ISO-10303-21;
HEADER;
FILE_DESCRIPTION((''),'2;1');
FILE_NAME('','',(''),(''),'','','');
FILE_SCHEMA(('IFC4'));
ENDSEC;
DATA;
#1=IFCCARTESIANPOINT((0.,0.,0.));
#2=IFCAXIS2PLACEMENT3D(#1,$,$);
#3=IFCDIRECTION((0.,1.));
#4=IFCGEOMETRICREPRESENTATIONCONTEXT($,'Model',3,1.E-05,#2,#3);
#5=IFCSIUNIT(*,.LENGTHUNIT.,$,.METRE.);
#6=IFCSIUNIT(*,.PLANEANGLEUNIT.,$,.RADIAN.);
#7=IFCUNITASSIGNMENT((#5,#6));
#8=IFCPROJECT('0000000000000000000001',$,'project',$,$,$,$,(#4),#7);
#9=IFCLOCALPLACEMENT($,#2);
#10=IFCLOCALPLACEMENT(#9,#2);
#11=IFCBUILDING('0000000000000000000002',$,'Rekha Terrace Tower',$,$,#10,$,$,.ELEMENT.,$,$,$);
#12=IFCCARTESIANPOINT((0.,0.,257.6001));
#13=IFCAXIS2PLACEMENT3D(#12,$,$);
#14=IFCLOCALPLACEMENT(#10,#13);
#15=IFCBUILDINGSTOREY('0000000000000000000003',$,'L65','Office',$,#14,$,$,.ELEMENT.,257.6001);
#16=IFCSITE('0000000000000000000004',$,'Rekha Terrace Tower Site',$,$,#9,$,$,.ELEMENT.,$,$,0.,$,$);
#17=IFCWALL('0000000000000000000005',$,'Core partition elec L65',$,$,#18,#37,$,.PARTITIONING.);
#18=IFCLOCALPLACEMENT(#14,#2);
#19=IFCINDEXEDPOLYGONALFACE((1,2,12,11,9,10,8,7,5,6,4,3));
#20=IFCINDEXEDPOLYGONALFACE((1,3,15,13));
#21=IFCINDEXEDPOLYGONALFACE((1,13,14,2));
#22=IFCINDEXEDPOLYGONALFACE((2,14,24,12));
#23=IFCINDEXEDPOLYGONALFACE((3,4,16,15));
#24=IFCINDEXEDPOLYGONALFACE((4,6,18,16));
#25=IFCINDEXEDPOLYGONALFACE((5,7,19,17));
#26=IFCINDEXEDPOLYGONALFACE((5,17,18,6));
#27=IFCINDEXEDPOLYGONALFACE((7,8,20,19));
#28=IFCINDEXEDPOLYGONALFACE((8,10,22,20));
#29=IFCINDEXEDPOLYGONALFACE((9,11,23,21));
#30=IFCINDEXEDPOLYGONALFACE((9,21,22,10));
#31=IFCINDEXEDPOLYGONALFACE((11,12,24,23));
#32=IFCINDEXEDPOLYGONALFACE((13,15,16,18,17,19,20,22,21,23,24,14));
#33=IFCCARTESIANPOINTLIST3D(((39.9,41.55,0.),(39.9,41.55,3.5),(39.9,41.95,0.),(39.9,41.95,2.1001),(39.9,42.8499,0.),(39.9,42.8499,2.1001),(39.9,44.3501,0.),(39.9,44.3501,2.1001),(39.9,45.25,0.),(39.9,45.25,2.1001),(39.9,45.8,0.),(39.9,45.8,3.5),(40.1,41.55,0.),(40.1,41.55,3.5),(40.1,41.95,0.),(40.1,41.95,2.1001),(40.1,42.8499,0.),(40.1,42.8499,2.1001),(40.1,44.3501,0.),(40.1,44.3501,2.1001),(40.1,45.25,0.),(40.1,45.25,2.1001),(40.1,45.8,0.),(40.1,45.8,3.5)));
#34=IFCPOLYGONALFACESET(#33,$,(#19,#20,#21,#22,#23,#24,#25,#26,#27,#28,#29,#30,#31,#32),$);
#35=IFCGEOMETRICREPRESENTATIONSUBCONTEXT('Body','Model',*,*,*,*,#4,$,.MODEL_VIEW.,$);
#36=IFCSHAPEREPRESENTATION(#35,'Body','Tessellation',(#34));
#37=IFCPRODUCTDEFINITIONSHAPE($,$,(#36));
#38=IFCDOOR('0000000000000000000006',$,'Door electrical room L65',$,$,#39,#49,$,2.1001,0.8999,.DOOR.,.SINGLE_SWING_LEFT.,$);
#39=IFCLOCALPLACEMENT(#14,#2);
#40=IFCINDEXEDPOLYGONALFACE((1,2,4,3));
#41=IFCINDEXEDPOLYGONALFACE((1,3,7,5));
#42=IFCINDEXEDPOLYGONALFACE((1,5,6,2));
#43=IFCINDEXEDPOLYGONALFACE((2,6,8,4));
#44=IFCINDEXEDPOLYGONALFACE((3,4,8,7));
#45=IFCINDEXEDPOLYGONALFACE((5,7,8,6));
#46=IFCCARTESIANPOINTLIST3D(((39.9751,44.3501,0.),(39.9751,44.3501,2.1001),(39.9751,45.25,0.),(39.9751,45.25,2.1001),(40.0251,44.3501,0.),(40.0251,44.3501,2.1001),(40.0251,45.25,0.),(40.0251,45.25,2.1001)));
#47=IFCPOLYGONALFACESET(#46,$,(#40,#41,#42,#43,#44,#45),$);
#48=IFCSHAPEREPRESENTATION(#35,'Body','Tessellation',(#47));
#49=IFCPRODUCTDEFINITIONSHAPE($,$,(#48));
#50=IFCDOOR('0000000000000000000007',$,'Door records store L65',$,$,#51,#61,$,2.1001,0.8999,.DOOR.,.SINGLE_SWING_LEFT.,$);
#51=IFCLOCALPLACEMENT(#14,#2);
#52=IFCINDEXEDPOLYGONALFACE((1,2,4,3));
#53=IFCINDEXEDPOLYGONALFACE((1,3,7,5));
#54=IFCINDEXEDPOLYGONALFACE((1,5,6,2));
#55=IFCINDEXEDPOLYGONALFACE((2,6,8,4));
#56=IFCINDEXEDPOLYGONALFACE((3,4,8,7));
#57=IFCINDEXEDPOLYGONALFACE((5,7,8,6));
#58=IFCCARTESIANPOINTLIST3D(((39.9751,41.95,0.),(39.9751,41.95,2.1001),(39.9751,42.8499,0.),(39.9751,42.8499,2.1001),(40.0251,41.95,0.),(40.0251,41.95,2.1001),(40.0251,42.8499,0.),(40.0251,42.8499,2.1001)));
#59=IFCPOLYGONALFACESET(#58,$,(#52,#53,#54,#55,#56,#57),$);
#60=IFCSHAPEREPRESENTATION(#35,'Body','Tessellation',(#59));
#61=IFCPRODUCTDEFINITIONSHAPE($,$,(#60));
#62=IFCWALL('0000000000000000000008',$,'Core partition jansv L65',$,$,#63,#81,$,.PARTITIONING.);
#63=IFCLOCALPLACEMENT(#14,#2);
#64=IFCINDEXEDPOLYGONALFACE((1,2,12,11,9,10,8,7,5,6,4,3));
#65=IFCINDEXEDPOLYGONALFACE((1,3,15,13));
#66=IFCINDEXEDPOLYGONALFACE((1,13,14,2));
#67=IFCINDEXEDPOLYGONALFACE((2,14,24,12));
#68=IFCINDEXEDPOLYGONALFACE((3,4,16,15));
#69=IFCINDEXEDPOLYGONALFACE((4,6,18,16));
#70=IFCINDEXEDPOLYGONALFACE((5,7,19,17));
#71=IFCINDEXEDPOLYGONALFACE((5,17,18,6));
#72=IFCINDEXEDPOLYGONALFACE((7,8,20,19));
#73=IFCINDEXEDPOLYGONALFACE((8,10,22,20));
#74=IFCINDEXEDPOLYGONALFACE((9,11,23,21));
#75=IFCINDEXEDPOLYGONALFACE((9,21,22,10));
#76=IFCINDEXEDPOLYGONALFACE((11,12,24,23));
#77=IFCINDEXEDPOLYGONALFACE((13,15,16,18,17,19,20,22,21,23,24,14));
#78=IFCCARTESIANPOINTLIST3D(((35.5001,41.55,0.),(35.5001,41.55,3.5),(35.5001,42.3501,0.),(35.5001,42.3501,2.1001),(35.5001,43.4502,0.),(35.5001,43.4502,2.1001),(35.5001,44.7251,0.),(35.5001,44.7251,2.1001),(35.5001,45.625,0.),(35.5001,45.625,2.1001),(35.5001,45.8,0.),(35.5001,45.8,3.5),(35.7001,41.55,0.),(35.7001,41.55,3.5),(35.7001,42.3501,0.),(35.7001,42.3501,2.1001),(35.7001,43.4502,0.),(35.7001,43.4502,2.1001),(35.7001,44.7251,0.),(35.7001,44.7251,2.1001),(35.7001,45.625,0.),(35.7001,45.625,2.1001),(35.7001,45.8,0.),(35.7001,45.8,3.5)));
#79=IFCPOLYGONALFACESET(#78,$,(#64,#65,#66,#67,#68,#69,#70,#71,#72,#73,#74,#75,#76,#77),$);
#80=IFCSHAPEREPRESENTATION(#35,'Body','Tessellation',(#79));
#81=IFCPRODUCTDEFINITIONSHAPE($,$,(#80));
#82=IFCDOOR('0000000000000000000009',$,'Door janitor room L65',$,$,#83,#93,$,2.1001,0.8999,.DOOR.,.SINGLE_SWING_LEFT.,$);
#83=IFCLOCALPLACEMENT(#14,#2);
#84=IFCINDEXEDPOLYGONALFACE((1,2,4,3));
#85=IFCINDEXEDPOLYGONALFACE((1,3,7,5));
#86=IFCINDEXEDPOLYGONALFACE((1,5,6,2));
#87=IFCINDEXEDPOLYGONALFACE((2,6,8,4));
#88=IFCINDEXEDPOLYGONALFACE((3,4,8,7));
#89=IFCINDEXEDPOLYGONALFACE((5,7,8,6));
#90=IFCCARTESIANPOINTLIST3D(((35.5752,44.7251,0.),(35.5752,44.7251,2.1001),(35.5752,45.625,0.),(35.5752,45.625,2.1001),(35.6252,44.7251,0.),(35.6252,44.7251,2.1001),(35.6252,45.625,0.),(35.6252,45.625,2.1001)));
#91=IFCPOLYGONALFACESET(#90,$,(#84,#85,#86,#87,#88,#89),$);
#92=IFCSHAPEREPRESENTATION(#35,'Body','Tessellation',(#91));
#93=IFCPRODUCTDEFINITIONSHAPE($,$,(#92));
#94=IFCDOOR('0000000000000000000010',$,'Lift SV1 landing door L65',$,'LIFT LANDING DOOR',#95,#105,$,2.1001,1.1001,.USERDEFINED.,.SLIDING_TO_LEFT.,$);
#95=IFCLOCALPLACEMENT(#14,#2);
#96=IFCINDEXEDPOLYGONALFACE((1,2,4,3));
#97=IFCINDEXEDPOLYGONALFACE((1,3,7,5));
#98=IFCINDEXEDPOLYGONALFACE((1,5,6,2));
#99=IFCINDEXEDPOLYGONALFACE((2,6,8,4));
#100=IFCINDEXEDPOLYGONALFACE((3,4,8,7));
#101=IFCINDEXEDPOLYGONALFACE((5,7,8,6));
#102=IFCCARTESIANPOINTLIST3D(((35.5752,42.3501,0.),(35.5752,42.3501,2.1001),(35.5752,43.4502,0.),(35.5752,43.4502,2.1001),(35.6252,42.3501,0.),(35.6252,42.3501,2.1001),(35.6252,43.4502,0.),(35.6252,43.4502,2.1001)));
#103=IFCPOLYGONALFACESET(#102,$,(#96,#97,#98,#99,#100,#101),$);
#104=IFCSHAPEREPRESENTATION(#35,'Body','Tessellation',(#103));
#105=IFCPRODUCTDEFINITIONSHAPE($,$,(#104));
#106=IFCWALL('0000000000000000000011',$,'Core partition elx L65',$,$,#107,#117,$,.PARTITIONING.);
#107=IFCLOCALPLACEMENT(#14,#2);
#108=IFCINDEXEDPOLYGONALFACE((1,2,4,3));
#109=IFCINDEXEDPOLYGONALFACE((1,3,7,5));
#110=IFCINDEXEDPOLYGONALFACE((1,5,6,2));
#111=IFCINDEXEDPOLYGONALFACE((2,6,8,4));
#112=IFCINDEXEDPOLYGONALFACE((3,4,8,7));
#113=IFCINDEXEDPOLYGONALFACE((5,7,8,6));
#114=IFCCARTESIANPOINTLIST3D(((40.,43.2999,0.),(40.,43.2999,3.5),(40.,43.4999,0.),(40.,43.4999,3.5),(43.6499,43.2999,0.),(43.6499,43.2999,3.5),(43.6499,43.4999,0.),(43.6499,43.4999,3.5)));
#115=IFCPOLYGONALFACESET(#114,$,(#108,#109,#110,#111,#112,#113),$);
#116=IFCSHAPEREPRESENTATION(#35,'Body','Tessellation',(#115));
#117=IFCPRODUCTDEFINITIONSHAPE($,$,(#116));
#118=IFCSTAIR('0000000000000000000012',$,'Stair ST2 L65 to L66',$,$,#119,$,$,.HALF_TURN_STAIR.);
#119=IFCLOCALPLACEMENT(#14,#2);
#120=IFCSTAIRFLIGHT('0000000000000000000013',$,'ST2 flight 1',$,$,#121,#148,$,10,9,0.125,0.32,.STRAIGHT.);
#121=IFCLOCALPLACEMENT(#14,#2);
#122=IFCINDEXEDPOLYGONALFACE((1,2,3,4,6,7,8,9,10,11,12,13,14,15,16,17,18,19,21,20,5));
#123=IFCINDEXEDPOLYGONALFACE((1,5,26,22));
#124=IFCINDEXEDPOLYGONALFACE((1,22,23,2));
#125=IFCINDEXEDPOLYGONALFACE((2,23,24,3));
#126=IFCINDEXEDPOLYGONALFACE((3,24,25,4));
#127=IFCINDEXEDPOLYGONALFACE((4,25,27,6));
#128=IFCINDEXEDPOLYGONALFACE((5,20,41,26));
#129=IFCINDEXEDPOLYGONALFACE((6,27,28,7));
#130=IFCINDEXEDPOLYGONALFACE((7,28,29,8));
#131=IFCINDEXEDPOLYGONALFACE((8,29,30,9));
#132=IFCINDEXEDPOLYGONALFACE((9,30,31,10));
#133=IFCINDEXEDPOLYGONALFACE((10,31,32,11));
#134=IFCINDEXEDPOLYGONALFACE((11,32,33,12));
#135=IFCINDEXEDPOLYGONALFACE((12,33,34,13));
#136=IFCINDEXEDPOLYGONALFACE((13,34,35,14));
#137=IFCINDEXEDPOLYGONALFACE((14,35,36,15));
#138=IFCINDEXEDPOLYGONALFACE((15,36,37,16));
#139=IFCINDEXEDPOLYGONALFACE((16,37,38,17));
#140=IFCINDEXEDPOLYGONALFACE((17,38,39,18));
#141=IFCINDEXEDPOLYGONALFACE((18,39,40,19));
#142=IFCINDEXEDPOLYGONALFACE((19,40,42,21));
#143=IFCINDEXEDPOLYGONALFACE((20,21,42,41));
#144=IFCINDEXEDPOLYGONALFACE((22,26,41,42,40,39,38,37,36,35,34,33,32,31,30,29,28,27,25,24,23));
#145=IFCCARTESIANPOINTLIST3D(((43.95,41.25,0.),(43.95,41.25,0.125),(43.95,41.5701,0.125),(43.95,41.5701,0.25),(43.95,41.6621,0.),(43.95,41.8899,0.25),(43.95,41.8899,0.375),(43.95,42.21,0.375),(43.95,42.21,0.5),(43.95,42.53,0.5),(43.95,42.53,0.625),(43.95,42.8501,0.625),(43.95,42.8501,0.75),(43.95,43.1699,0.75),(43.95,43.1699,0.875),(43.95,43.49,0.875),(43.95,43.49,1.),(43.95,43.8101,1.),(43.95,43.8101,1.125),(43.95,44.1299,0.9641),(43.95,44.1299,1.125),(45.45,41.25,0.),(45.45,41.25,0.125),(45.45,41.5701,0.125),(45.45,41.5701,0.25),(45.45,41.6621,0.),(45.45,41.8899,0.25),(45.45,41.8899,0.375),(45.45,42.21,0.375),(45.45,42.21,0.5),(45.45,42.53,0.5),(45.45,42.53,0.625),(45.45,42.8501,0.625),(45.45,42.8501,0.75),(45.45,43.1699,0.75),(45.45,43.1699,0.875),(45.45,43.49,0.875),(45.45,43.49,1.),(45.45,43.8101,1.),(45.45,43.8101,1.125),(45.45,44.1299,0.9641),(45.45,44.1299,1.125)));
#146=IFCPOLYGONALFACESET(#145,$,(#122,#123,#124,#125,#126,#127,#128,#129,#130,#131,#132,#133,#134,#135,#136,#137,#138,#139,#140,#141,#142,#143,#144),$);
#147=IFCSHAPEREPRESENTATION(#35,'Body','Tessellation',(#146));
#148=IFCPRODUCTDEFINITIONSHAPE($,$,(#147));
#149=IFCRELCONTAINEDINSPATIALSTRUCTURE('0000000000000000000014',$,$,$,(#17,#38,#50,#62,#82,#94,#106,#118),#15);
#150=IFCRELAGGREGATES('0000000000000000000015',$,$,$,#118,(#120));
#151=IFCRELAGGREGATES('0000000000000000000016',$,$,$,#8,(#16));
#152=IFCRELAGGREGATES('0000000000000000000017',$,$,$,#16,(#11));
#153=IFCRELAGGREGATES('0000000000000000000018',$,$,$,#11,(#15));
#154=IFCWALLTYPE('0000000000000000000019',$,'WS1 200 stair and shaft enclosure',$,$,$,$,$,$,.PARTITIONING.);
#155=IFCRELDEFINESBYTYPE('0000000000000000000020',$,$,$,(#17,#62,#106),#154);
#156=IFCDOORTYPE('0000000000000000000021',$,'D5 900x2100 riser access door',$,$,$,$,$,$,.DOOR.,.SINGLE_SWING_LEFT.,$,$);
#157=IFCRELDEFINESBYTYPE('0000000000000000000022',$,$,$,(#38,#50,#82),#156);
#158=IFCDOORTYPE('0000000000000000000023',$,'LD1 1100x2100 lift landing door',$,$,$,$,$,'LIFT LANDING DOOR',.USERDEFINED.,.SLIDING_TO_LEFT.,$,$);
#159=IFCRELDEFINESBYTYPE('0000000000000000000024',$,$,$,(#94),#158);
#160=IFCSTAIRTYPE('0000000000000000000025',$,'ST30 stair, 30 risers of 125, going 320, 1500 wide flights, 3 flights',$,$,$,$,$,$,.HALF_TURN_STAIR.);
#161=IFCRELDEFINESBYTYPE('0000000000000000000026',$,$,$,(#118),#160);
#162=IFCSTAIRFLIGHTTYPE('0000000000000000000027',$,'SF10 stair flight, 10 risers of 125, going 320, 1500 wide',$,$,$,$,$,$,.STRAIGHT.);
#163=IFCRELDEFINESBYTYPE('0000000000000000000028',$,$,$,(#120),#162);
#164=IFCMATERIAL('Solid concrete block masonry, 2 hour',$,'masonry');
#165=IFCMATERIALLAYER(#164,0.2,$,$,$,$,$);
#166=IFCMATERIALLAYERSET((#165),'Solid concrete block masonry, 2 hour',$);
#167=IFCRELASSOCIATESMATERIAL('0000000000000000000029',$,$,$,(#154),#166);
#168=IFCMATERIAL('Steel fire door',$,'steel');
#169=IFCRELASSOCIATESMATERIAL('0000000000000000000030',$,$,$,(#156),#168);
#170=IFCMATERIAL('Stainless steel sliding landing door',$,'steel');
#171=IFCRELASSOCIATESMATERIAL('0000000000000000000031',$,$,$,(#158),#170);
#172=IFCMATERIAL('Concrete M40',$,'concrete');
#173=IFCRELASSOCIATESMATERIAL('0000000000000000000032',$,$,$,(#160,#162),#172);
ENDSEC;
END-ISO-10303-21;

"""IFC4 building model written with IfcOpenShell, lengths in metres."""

from ifc_helpers import new_model, si_unit, direction, frame, frame_2d, origin, place, context, subcontext, project, spatial, polyline, rectangle, outline, extrude, material, layer, layer_set, type_object, element, fill, aggregate, save


model = new_model("IFC4")

# Units and contexts
model_context = context("Model", 3, precision=1e-05, world=origin(), true_north=direction((0.0, 1.0)))
body_context = subcontext(model_context, "Body", "Model", "MODEL_VIEW")
ifc_project = project(units=[si_unit("LENGTHUNIT", "METRE"), si_unit("PLANEANGLEUNIT", "RADIAN")], contexts=[model_context])

# Site, building, storey
site_placement = place(None, origin())
site = spatial("IfcSite", under=ifc_project, at=site_placement, Name="Rekha Terrace Tower Site", CompositionType="ELEMENT", RefElevation=0.0)
building_placement = place(site_placement, origin())
building = spatial("IfcBuilding", under=site, at=building_placement, Name="Rekha Terrace Tower", CompositionType="ELEMENT")
storey_placement = place(building_placement, frame((0.0, 0.0, 257.6001)))
storey = spatial("IfcBuildingStorey", under=building, at=storey_placement, Name="L65", Description="Office", CompositionType="ELEMENT", Elevation=257.6001)

# Shared definitions
ifc_material_1 = material(Name="Stainless steel sliding landing door", Category="steel")
ifc_material_2 = material(Name="Steel fire door", Category="steel")

# Shared definitions
ifc_material_3 = material(Name="Solid concrete block masonry, 2 hour", Category="masonry")
ifc_layer_1 = layer(ifc_material_3, 0.2)
ifc_layer_set_1 = layer_set([ifc_layer_1], Name="Solid concrete block masonry, 2 hour")
wall_type_1 = type_object("IfcWallType", Name="WS1 200 stair and shaft enclosure", PredefinedType="PARTITIONING", material=ifc_layer_set_1)

# Walls, openings, doors
wall_1_placement = place(storey_placement, frame((40.0, 41.55, 0.0), z_axis=(0.0, 0.0, 1.0), x_axis=(0.0, 1.0, 0.0)))
wall_1 = element("IfcWall", 1, at=wall_1_placement, inside=storey, type_object=wall_type_1, Name="Core partition elec L65", PredefinedType="PARTITIONING", context=body_context, shape_type="SweptSolid", body=[
    extrude(rectangle(XDim=4.25, YDim=0.2, at=frame_2d((2.125, 0.0))), origin(), (0.0, 0.0, 1.0), 3.5),
])
opening_1_placement = place(wall_1_placement, frame((2.8, 0.0, 0.0)))
opening_1 = element("IfcOpeningElement", 2, at=opening_1_placement, cuts=wall_1, PredefinedType="OPENING", context=body_context, shape_type="SweptSolid", body=[
    extrude(rectangle(XDim=0.8999, YDim=2.1001, at=frame_2d((0.45, 1.05))), frame((0.0, 0.1099, 0.0), z_axis=(0.0, -1.0, 0.0), x_axis=(1.0, 0.0, 0.0)), (0.0, 0.0, 1.0), 0.22),
])
opening_2_placement = place(wall_1_placement, frame((0.3999, 0.0, 0.0)))
opening_2 = element("IfcOpeningElement", 3, at=opening_2_placement, cuts=wall_1, PredefinedType="OPENING", context=body_context, shape_type="SweptSolid", body=[
    extrude(rectangle(XDim=0.8999, YDim=2.1001, at=frame_2d((0.45, 1.05))), frame((0.0, 0.1099, 0.0), z_axis=(0.0, -1.0, 0.0), x_axis=(1.0, 0.0, 0.0)), (0.0, 0.0, 1.0), 0.22),
])
door_type_1 = type_object("IfcDoorType", Name="D5 900x2100 riser access door", OperationType="SINGLE_SWING_LEFT", PredefinedType="DOOR", material=ifc_material_2)
door_1_placement = place(opening_1_placement, origin())
door_1 = element("IfcDoor", 4, at=door_1_placement, inside=storey, type_object=door_type_1, Name="Door electrical room L65", OperationType="SINGLE_SWING_LEFT", OverallHeight=2.1001, OverallWidth=0.8999, PredefinedType="DOOR", context=body_context, shape_type="SweptSolid", body=[
    extrude(rectangle(XDim=0.8999, YDim=2.1001, at=frame_2d((0.45, 1.05))), frame((0.0, 0.0249, 0.0), z_axis=(0.0, -1.0, 0.0), x_axis=(1.0, 0.0, 0.0)), (0.0, 0.0, 1.0), 0.05),
])
fill(opening_1, door_1)
door_2_placement = place(opening_2_placement, origin())
door_2 = element("IfcDoor", 5, at=door_2_placement, inside=storey, type_object=door_type_1, Name="Door records store L65", OperationType="SINGLE_SWING_LEFT", OverallHeight=2.1001, OverallWidth=0.8999, PredefinedType="DOOR", context=body_context, shape_type="SweptSolid", body=[
    extrude(rectangle(XDim=0.8999, YDim=2.1001, at=frame_2d((0.45, 1.05))), frame((0.0, 0.0249, 0.0), z_axis=(0.0, -1.0, 0.0), x_axis=(1.0, 0.0, 0.0)), (0.0, 0.0, 1.0), 0.05),
])
fill(opening_2, door_2)
wall_2_placement = place(storey_placement, frame((35.6001, 41.55, 0.0), z_axis=(0.0, 0.0, 1.0), x_axis=(0.0, 1.0, 0.0)))
wall_2 = element("IfcWall", 6, at=wall_2_placement, inside=storey, type_object=wall_type_1, Name="Core partition jansv L65", PredefinedType="PARTITIONING", context=body_context, shape_type="SweptSolid", body=[
    extrude(rectangle(XDim=4.25, YDim=0.2, at=frame_2d((2.125, 0.0))), origin(), (0.0, 0.0, 1.0), 3.5),
])
opening_3_placement = place(wall_2_placement, frame((3.175, 0.0, 0.0)))
opening_3 = element("IfcOpeningElement", 7, at=opening_3_placement, cuts=wall_2, PredefinedType="OPENING", context=body_context, shape_type="SweptSolid", body=[
    extrude(rectangle(XDim=0.8999, YDim=2.1001, at=frame_2d((0.45, 1.05))), frame((0.0, 0.1099, 0.0), z_axis=(0.0, -1.0, 0.0), x_axis=(1.0, 0.0, 0.0)), (0.0, 0.0, 1.0), 0.22),
])
opening_4_placement = place(wall_2_placement, frame((0.8, 0.0, 0.0)))
opening_4 = element("IfcOpeningElement", 8, at=opening_4_placement, cuts=wall_2, PredefinedType="OPENING", context=body_context, shape_type="SweptSolid", body=[
    extrude(rectangle(XDim=1.1001, YDim=2.1001, at=frame_2d((0.55, 1.05))), frame((0.0, 0.1099, 0.0), z_axis=(0.0, -1.0, 0.0), x_axis=(1.0, 0.0, 0.0)), (0.0, 0.0, 1.0), 0.22),
])
door_3_placement = place(opening_3_placement, origin())
door_3 = element("IfcDoor", 9, at=door_3_placement, inside=storey, type_object=door_type_1, Name="Door janitor room L65", OperationType="SINGLE_SWING_LEFT", OverallHeight=2.1001, OverallWidth=0.8999, PredefinedType="DOOR", context=body_context, shape_type="SweptSolid", body=[
    extrude(rectangle(XDim=0.8999, YDim=2.1001, at=frame_2d((0.45, 1.05))), frame((0.0, 0.0249, 0.0), z_axis=(0.0, -1.0, 0.0), x_axis=(1.0, 0.0, 0.0)), (0.0, 0.0, 1.0), 0.05),
])
fill(opening_3, door_3)
door_type_2 = type_object("IfcDoorType", Name="LD1 1100x2100 lift landing door", ElementType="LIFT LANDING DOOR", OperationType="SLIDING_TO_LEFT", PredefinedType="USERDEFINED", material=ifc_material_1)
door_4_placement = place(opening_4_placement, origin())
door_4 = element("IfcDoor", 10, at=door_4_placement, inside=storey, type_object=door_type_2, Name="Lift SV1 landing door L65", ObjectType="LIFT LANDING DOOR", OperationType="SLIDING_TO_LEFT", OverallHeight=2.1001, OverallWidth=1.1001, PredefinedType="USERDEFINED", context=body_context, shape_type="SweptSolid", body=[
    extrude(rectangle(XDim=1.1001, YDim=2.1001, at=frame_2d((0.55, 1.05))), frame((0.0, 0.0249, 0.0), z_axis=(0.0, -1.0, 0.0), x_axis=(1.0, 0.0, 0.0)), (0.0, 0.0, 1.0), 0.05),
])
fill(opening_4, door_4)

# Wall
wall_3_placement = place(storey_placement, frame((40.0, 43.3999, 0.0), z_axis=(0.0, 0.0, 1.0), x_axis=(1.0, 0.0, 0.0)))
element("IfcWall", 11, at=wall_3_placement, inside=storey, type_object=wall_type_1, Name="Core partition elx L65", PredefinedType="PARTITIONING", context=body_context, shape_type="SweptSolid", body=[
    extrude(rectangle(XDim=3.6499, YDim=0.2, at=frame_2d((1.825, 0.0))), origin(), (0.0, 0.0, 1.0), 3.5),
])

# Stair, stair flight
ifc_material_4 = material(Name="Concrete M40", Category="concrete")
stair_type = type_object("IfcStairType", Name="ST30 stair, 30 risers of 125, going 320, 1500 wide flights, 3 flights", PredefinedType="HALF_TURN_STAIR", material=ifc_material_4)
stair_1_placement = place(storey_placement, origin())
stair_1 = element("IfcStair", 12, at=stair_1_placement, inside=storey, type_object=stair_type, Name="Stair ST2 L65 to L66", PredefinedType="HALF_TURN_STAIR")
stair_flight_type = type_object("IfcStairFlightType", Name="SF10 stair flight, 10 risers of 125, going 320, 1500 wide", PredefinedType="STRAIGHT", material=ifc_material_4)
stair_flight_1_placement = place(storey_placement, frame((44.7, 41.25, 0.0), z_axis=(0.0, 0.0, 1.0), x_axis=(0.0, 1.0, 0.0)))
stair_flight_1 = element("IfcStairFlight", 13, at=stair_flight_1_placement, type_object=stair_flight_type, Name="ST2 flight 1", NumberOfRisers=10, NumberOfTreads=9, PredefinedType="STRAIGHT", RiserHeight=0.125, TreadLength=0.32, context=body_context, shape_type="SweptSolid", body=[
    extrude(outline(polyline([(0.0, 0.0), (0.0, 0.125), (0.3201, 0.125), (0.3201, 0.25), (0.6399, 0.25), (0.6399, 0.375), (0.96, 0.375), (0.96, 0.5), (1.28, 0.5), (1.28, 0.625), (1.6001, 0.625), (1.6001, 0.75), (1.9199, 0.75), (1.9199, 0.875), (2.24, 0.875), (2.24, 1.0), (2.5601, 1.0), (2.5601, 1.125), (2.8799, 1.125), (2.8799, 1.25), (2.8799, 0.9641), (0.4121, 0.0), (0.0, 0.0)])), frame((0.0, 0.75, 0.0), z_axis=(0.0, -1.0, 0.0), x_axis=(1.0, 0.0, 0.0)), (0.0, 0.0, 1.0), 1.5),
])
aggregate(stair_1, [stair_flight_1])

save(model, "model.ifc")
